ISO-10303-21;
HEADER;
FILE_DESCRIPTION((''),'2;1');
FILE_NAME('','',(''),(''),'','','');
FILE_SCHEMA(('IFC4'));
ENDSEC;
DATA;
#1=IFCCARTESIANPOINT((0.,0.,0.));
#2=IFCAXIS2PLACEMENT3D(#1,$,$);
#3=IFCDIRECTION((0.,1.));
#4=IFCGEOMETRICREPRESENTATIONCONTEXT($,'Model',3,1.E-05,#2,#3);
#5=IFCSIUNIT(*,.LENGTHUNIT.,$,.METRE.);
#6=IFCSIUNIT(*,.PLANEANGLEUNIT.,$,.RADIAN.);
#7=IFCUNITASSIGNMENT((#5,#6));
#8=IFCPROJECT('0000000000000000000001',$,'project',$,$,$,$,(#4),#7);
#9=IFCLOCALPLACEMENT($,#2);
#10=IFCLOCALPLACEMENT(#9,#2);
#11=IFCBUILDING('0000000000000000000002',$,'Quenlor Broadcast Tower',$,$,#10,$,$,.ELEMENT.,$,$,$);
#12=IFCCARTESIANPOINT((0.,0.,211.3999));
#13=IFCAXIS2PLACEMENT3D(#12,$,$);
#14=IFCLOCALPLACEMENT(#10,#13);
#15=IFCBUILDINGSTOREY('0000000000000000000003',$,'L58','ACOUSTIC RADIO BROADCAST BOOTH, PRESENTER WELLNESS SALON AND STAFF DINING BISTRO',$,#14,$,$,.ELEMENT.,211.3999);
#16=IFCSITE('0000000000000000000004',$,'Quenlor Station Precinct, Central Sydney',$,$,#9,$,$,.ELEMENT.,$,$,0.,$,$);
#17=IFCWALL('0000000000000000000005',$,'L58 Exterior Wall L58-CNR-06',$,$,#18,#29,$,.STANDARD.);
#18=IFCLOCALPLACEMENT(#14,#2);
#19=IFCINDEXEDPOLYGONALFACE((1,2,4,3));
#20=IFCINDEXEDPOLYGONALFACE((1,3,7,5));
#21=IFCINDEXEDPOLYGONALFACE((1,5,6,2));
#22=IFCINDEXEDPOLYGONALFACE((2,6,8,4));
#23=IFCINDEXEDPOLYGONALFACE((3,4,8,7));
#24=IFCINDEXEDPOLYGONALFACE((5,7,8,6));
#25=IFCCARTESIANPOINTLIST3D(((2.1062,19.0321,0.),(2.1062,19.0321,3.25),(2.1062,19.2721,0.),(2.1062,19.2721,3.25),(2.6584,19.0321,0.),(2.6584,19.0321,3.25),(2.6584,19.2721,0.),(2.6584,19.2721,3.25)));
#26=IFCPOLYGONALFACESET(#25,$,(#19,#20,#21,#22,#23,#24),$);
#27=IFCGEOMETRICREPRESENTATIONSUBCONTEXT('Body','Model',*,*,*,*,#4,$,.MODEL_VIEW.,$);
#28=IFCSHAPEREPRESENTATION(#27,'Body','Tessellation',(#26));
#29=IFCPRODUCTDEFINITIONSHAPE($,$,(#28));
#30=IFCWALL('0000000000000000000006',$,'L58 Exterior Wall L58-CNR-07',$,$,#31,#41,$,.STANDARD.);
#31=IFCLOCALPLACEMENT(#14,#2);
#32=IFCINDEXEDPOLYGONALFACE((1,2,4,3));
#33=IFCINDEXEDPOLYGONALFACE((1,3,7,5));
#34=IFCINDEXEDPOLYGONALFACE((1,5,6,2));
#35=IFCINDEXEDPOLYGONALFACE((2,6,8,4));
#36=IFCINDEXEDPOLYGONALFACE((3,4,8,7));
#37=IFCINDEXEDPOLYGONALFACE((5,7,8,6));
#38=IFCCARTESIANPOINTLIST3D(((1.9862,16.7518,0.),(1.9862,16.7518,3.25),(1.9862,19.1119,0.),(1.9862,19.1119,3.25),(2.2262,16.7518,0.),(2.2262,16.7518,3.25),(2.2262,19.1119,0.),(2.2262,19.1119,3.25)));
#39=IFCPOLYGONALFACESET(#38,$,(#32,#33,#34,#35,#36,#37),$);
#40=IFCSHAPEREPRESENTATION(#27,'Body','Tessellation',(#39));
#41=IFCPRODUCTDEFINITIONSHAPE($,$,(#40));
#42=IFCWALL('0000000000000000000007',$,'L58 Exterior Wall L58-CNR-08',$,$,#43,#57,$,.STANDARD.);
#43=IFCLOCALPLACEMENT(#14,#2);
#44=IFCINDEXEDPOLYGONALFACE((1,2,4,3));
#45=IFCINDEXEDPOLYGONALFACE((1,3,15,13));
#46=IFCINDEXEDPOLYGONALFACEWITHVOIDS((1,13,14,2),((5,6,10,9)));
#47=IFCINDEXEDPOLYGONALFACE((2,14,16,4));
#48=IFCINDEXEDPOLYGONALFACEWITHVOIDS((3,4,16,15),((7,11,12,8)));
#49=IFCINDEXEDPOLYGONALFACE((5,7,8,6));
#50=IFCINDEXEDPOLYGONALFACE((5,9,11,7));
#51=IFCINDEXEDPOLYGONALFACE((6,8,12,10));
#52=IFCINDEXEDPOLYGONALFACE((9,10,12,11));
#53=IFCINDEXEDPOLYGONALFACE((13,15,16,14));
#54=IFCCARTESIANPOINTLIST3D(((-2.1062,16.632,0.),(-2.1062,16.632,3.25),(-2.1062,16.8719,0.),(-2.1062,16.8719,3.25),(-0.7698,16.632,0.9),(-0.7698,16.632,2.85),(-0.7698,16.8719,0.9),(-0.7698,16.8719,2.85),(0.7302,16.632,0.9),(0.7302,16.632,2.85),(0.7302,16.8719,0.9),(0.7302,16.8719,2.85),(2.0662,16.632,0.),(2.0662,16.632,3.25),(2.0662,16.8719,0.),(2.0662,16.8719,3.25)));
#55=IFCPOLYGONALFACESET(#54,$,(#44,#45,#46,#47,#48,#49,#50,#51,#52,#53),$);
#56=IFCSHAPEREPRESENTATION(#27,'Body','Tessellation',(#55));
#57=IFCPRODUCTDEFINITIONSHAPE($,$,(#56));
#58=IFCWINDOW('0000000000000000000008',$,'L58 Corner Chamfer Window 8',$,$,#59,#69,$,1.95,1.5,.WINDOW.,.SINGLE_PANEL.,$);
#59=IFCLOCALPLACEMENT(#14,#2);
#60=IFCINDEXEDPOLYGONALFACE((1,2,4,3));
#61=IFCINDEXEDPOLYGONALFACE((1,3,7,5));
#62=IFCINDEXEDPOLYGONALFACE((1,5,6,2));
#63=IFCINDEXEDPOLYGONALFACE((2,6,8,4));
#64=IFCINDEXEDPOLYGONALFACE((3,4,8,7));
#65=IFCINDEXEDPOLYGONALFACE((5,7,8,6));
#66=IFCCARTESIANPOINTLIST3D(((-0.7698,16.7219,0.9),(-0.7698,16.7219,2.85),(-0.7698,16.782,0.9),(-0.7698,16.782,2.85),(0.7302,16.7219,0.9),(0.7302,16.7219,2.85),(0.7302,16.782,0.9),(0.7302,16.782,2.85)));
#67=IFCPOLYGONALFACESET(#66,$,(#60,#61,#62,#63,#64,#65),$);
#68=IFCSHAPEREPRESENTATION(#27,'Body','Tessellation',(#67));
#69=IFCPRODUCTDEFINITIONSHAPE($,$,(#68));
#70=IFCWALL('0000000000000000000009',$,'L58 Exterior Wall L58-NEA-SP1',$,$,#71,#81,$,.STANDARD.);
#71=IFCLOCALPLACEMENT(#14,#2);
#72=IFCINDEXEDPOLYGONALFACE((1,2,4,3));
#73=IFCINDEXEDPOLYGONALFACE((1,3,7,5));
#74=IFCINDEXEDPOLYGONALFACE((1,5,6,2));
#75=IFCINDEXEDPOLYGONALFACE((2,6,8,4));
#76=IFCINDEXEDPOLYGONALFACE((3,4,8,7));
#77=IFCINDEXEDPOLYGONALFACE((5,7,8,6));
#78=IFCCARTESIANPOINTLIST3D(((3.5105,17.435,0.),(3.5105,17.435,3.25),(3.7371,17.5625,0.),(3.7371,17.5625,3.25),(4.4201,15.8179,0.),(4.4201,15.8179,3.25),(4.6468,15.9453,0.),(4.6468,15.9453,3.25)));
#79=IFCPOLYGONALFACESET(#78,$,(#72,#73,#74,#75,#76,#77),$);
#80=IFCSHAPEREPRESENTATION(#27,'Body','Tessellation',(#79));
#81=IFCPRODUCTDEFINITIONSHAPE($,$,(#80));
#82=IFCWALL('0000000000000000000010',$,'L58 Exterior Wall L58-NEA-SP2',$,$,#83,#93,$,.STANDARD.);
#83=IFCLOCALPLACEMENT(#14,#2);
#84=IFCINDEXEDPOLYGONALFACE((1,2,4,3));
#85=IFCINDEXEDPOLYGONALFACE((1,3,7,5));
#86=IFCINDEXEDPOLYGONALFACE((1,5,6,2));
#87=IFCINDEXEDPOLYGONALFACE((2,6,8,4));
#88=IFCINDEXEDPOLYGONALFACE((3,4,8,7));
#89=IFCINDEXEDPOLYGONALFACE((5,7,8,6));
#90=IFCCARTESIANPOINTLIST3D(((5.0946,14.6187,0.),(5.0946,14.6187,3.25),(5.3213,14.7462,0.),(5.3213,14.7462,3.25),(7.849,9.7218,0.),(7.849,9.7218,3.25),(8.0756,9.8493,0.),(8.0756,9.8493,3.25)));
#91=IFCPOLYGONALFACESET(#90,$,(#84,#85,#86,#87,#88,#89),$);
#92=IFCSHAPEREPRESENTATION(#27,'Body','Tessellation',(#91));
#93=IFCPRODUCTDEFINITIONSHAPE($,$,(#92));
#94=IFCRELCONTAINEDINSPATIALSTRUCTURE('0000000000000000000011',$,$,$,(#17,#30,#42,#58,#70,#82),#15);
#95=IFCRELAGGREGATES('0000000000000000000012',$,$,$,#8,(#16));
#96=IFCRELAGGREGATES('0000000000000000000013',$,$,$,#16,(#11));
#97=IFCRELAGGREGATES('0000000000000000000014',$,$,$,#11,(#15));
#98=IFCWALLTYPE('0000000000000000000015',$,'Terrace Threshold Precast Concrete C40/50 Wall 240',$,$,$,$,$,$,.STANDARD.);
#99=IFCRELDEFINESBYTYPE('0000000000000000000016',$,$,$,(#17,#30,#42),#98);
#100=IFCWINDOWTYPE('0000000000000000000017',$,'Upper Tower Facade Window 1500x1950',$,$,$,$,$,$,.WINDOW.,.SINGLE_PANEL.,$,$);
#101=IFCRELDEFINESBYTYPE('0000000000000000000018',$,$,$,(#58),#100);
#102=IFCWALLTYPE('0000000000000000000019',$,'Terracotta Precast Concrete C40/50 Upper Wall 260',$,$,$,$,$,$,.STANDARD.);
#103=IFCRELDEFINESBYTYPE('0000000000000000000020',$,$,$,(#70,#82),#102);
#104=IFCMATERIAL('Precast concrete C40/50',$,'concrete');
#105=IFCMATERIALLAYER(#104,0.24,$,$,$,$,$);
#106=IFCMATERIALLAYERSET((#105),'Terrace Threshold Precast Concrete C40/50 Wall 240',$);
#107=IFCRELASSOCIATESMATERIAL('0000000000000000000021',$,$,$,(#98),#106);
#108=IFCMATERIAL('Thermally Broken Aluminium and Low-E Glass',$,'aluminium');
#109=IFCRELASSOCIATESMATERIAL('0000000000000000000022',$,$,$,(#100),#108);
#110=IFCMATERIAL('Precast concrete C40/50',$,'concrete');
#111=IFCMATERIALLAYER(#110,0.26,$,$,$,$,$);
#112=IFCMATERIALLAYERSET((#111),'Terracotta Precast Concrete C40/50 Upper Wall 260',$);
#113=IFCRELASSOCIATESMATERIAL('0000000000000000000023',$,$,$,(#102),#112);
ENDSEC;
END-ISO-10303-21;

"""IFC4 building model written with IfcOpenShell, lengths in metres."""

from ifc_helpers import new_model, si_unit, direction, frame, frame_2d, origin, place, context, subcontext, project, spatial, rectangle, extrude, material, layer, layer_set, type_object, element, fill, save


model = new_model("IFC4")

# Units and contexts
model_context = context("Model", 3, precision=1e-05, world=origin(), true_north=direction((0.0, 1.0)))
body_context = subcontext(model_context, "Body", "Model", "MODEL_VIEW")
ifc_project = project(units=[si_unit("LENGTHUNIT", "METRE"), si_unit("PLANEANGLEUNIT", "RADIAN")], contexts=[model_context])

# Site, building, storey
site_placement = place(None, origin())
site = spatial("IfcSite", under=ifc_project, at=site_placement, Name="Quenlor Station Precinct, Central Sydney", CompositionType="ELEMENT", RefElevation=0.0)
building_placement = place(site_placement, origin())
building = spatial("IfcBuilding", under=site, at=building_placement, Name="Quenlor Broadcast Tower", CompositionType="ELEMENT")
storey_placement = place(building_placement, frame((0.0, 0.0, 211.3999)))
storey = spatial("IfcBuildingStorey", under=building, at=storey_placement, Name="L58", Description="ACOUSTIC RADIO BROADCAST BOOTH, PRESENTER WELLNESS SALON AND STAFF DINING BISTRO", CompositionType="ELEMENT", Elevation=211.3999)

# Walls
ifc_material_1 = material(Name="Precast concrete C40/50", Category="concrete")
ifc_layer_1 = layer(ifc_material_1, 0.24)
ifc_layer_set_1 = layer_set([ifc_layer_1], Name="Terrace Threshold Precast Concrete C40/50 Wall 240")
wall_type_1 = type_object("IfcWallType", Name="Terrace Threshold Precast Concrete C40/50 Wall 240", PredefinedType="STANDARD", material=ifc_layer_set_1)
wall_1_placement = place(storey_placement, frame((2.6584, 19.1521, 0.0), z_axis=(0.0, 0.0, 1.0), x_axis=(-1.0, 0.0, 0.0)))
element("IfcWall", 1, at=wall_1_placement, inside=storey, type_object=wall_type_1, Name="L58 Exterior Wall L58-CNR-06", PredefinedType="STANDARD", context=body_context, shape_type="SweptSolid", body=[
    extrude(rectangle(XDim=0.5522, YDim=0.24, at=frame_2d((0.2761, 0.0))), origin(), (0.0, 0.0, 1.0), 3.25),
])
wall_2_placement = place(storey_placement, frame((2.1062, 19.1121, 0.0), z_axis=(0.0, 0.0, 1.0), x_axis=(0.0, -1.0, 0.0)))
element("IfcWall", 2, at=wall_2_placement, inside=storey, type_object=wall_type_1, Name="L58 Exterior Wall L58-CNR-07", PredefinedType="STANDARD", context=body_context, shape_type="SweptSolid", body=[
    extrude(rectangle(XDim=2.3601, YDim=0.24, at=frame_2d((1.1802, 0.0))), origin(), (0.0, 0.0, 1.0), 3.25),
])

# Wall, opening, window
wall_3_placement = place(storey_placement, frame((2.0662, 16.752, 0.0), z_axis=(0.0, 0.0, 1.0), x_axis=(-1.0, 0.0, 0.0)))
wall_3 = element("IfcWall", 3, at=wall_3_placement, inside=storey, type_object=wall_type_1, Name="L58 Exterior Wall L58-CNR-08", PredefinedType="STANDARD", context=body_context, shape_type="SweptSolid", body=[
    extrude(rectangle(XDim=4.1724, YDim=0.24, at=frame_2d((2.0862, 0.0))), origin(), (0.0, 0.0, 1.0), 3.25),
])
opening_placement = place(wall_3_placement, frame((1.3359, 0.0, 0.8999)))
opening = element("IfcOpeningElement", 4, at=opening_placement, cuts=wall_3, PredefinedType="OPENING", context=body_context, shape_type="SweptSolid", body=[
    extrude(rectangle(XDim=1.5, YDim=1.95, at=frame_2d((0.75, 0.9751))), frame((0.0, 0.1299, 0.0), z_axis=(0.0, -1.0, 0.0), x_axis=(1.0, 0.0, 0.0)), (0.0, 0.0, 1.0), 0.26),
])
ifc_material_2 = material(Name="Thermally Broken Aluminium and Low-E Glass", Category="aluminium")
window_type = type_object("IfcWindowType", Name="Upper Tower Facade Window 1500x1950", PartitioningType="SINGLE_PANEL", PredefinedType="WINDOW", material=ifc_material_2)
window_placement = place(opening_placement, origin())
window = element("IfcWindow", 5, at=window_placement, inside=storey, type_object=window_type, Name="L58 Corner Chamfer Window 8", OverallHeight=1.95, OverallWidth=1.5, PartitioningType="SINGLE_PANEL", PredefinedType="WINDOW", context=body_context, shape_type="SweptSolid", body=[
    extrude(rectangle(XDim=1.5, YDim=1.95, at=frame_2d((0.75, 0.9751))), frame((0.0, 0.03, 0.0), z_axis=(0.0, -1.0, 0.0), x_axis=(1.0, 0.0, 0.0)), (0.0, 0.0, 1.0), 0.0601),
])
fill(opening, window)

# Walls
ifc_material_3 = material(Name="Precast concrete C40/50", Category="concrete")
ifc_layer_2 = layer(ifc_material_3, 0.26)
ifc_layer_set_2 = layer_set([ifc_layer_2], Name="Terracotta Precast Concrete C40/50 Upper Wall 260")
wall_type_2 = type_object("IfcWallType", Name="Terracotta Precast Concrete C40/50 Upper Wall 260", PredefinedType="STANDARD", material=ifc_layer_set_2)
wall_4_placement = place(storey_placement, frame((3.6238, 17.4988, 0.0), z_axis=(0.0, 0.0, 1.0), x_axis=(0.490261, -0.871576, 0.0)))
element("IfcWall", 6, at=wall_4_placement, inside=storey, type_object=wall_type_2, Name="L58 Exterior Wall L58-NEA-SP1", PredefinedType="STANDARD", context=body_context, shape_type="SweptSolid", body=[
    extrude(rectangle(XDim=1.8555, YDim=0.26, at=frame_2d((0.9277, 0.0))), origin(), (0.0, 0.0, 1.0), 3.25),
])
wall_5_placement = place(storey_placement, frame((5.208, 14.6824, 0.0), z_axis=(0.0, 0.0, 1.0), x_axis=(0.490241, -0.871587, 0.0)))
element("IfcWall", 7, at=wall_5_placement, inside=storey, type_object=wall_type_2, Name="L58 Exterior Wall L58-NEA-SP2", PredefinedType="STANDARD", context=body_context, shape_type="SweptSolid", body=[
    extrude(rectangle(XDim=5.6184, YDim=0.26, at=frame_2d((2.8091, 0.0))), origin(), (0.0, 0.0, 1.0), 3.25),
])

save(model, "model.ifc")
